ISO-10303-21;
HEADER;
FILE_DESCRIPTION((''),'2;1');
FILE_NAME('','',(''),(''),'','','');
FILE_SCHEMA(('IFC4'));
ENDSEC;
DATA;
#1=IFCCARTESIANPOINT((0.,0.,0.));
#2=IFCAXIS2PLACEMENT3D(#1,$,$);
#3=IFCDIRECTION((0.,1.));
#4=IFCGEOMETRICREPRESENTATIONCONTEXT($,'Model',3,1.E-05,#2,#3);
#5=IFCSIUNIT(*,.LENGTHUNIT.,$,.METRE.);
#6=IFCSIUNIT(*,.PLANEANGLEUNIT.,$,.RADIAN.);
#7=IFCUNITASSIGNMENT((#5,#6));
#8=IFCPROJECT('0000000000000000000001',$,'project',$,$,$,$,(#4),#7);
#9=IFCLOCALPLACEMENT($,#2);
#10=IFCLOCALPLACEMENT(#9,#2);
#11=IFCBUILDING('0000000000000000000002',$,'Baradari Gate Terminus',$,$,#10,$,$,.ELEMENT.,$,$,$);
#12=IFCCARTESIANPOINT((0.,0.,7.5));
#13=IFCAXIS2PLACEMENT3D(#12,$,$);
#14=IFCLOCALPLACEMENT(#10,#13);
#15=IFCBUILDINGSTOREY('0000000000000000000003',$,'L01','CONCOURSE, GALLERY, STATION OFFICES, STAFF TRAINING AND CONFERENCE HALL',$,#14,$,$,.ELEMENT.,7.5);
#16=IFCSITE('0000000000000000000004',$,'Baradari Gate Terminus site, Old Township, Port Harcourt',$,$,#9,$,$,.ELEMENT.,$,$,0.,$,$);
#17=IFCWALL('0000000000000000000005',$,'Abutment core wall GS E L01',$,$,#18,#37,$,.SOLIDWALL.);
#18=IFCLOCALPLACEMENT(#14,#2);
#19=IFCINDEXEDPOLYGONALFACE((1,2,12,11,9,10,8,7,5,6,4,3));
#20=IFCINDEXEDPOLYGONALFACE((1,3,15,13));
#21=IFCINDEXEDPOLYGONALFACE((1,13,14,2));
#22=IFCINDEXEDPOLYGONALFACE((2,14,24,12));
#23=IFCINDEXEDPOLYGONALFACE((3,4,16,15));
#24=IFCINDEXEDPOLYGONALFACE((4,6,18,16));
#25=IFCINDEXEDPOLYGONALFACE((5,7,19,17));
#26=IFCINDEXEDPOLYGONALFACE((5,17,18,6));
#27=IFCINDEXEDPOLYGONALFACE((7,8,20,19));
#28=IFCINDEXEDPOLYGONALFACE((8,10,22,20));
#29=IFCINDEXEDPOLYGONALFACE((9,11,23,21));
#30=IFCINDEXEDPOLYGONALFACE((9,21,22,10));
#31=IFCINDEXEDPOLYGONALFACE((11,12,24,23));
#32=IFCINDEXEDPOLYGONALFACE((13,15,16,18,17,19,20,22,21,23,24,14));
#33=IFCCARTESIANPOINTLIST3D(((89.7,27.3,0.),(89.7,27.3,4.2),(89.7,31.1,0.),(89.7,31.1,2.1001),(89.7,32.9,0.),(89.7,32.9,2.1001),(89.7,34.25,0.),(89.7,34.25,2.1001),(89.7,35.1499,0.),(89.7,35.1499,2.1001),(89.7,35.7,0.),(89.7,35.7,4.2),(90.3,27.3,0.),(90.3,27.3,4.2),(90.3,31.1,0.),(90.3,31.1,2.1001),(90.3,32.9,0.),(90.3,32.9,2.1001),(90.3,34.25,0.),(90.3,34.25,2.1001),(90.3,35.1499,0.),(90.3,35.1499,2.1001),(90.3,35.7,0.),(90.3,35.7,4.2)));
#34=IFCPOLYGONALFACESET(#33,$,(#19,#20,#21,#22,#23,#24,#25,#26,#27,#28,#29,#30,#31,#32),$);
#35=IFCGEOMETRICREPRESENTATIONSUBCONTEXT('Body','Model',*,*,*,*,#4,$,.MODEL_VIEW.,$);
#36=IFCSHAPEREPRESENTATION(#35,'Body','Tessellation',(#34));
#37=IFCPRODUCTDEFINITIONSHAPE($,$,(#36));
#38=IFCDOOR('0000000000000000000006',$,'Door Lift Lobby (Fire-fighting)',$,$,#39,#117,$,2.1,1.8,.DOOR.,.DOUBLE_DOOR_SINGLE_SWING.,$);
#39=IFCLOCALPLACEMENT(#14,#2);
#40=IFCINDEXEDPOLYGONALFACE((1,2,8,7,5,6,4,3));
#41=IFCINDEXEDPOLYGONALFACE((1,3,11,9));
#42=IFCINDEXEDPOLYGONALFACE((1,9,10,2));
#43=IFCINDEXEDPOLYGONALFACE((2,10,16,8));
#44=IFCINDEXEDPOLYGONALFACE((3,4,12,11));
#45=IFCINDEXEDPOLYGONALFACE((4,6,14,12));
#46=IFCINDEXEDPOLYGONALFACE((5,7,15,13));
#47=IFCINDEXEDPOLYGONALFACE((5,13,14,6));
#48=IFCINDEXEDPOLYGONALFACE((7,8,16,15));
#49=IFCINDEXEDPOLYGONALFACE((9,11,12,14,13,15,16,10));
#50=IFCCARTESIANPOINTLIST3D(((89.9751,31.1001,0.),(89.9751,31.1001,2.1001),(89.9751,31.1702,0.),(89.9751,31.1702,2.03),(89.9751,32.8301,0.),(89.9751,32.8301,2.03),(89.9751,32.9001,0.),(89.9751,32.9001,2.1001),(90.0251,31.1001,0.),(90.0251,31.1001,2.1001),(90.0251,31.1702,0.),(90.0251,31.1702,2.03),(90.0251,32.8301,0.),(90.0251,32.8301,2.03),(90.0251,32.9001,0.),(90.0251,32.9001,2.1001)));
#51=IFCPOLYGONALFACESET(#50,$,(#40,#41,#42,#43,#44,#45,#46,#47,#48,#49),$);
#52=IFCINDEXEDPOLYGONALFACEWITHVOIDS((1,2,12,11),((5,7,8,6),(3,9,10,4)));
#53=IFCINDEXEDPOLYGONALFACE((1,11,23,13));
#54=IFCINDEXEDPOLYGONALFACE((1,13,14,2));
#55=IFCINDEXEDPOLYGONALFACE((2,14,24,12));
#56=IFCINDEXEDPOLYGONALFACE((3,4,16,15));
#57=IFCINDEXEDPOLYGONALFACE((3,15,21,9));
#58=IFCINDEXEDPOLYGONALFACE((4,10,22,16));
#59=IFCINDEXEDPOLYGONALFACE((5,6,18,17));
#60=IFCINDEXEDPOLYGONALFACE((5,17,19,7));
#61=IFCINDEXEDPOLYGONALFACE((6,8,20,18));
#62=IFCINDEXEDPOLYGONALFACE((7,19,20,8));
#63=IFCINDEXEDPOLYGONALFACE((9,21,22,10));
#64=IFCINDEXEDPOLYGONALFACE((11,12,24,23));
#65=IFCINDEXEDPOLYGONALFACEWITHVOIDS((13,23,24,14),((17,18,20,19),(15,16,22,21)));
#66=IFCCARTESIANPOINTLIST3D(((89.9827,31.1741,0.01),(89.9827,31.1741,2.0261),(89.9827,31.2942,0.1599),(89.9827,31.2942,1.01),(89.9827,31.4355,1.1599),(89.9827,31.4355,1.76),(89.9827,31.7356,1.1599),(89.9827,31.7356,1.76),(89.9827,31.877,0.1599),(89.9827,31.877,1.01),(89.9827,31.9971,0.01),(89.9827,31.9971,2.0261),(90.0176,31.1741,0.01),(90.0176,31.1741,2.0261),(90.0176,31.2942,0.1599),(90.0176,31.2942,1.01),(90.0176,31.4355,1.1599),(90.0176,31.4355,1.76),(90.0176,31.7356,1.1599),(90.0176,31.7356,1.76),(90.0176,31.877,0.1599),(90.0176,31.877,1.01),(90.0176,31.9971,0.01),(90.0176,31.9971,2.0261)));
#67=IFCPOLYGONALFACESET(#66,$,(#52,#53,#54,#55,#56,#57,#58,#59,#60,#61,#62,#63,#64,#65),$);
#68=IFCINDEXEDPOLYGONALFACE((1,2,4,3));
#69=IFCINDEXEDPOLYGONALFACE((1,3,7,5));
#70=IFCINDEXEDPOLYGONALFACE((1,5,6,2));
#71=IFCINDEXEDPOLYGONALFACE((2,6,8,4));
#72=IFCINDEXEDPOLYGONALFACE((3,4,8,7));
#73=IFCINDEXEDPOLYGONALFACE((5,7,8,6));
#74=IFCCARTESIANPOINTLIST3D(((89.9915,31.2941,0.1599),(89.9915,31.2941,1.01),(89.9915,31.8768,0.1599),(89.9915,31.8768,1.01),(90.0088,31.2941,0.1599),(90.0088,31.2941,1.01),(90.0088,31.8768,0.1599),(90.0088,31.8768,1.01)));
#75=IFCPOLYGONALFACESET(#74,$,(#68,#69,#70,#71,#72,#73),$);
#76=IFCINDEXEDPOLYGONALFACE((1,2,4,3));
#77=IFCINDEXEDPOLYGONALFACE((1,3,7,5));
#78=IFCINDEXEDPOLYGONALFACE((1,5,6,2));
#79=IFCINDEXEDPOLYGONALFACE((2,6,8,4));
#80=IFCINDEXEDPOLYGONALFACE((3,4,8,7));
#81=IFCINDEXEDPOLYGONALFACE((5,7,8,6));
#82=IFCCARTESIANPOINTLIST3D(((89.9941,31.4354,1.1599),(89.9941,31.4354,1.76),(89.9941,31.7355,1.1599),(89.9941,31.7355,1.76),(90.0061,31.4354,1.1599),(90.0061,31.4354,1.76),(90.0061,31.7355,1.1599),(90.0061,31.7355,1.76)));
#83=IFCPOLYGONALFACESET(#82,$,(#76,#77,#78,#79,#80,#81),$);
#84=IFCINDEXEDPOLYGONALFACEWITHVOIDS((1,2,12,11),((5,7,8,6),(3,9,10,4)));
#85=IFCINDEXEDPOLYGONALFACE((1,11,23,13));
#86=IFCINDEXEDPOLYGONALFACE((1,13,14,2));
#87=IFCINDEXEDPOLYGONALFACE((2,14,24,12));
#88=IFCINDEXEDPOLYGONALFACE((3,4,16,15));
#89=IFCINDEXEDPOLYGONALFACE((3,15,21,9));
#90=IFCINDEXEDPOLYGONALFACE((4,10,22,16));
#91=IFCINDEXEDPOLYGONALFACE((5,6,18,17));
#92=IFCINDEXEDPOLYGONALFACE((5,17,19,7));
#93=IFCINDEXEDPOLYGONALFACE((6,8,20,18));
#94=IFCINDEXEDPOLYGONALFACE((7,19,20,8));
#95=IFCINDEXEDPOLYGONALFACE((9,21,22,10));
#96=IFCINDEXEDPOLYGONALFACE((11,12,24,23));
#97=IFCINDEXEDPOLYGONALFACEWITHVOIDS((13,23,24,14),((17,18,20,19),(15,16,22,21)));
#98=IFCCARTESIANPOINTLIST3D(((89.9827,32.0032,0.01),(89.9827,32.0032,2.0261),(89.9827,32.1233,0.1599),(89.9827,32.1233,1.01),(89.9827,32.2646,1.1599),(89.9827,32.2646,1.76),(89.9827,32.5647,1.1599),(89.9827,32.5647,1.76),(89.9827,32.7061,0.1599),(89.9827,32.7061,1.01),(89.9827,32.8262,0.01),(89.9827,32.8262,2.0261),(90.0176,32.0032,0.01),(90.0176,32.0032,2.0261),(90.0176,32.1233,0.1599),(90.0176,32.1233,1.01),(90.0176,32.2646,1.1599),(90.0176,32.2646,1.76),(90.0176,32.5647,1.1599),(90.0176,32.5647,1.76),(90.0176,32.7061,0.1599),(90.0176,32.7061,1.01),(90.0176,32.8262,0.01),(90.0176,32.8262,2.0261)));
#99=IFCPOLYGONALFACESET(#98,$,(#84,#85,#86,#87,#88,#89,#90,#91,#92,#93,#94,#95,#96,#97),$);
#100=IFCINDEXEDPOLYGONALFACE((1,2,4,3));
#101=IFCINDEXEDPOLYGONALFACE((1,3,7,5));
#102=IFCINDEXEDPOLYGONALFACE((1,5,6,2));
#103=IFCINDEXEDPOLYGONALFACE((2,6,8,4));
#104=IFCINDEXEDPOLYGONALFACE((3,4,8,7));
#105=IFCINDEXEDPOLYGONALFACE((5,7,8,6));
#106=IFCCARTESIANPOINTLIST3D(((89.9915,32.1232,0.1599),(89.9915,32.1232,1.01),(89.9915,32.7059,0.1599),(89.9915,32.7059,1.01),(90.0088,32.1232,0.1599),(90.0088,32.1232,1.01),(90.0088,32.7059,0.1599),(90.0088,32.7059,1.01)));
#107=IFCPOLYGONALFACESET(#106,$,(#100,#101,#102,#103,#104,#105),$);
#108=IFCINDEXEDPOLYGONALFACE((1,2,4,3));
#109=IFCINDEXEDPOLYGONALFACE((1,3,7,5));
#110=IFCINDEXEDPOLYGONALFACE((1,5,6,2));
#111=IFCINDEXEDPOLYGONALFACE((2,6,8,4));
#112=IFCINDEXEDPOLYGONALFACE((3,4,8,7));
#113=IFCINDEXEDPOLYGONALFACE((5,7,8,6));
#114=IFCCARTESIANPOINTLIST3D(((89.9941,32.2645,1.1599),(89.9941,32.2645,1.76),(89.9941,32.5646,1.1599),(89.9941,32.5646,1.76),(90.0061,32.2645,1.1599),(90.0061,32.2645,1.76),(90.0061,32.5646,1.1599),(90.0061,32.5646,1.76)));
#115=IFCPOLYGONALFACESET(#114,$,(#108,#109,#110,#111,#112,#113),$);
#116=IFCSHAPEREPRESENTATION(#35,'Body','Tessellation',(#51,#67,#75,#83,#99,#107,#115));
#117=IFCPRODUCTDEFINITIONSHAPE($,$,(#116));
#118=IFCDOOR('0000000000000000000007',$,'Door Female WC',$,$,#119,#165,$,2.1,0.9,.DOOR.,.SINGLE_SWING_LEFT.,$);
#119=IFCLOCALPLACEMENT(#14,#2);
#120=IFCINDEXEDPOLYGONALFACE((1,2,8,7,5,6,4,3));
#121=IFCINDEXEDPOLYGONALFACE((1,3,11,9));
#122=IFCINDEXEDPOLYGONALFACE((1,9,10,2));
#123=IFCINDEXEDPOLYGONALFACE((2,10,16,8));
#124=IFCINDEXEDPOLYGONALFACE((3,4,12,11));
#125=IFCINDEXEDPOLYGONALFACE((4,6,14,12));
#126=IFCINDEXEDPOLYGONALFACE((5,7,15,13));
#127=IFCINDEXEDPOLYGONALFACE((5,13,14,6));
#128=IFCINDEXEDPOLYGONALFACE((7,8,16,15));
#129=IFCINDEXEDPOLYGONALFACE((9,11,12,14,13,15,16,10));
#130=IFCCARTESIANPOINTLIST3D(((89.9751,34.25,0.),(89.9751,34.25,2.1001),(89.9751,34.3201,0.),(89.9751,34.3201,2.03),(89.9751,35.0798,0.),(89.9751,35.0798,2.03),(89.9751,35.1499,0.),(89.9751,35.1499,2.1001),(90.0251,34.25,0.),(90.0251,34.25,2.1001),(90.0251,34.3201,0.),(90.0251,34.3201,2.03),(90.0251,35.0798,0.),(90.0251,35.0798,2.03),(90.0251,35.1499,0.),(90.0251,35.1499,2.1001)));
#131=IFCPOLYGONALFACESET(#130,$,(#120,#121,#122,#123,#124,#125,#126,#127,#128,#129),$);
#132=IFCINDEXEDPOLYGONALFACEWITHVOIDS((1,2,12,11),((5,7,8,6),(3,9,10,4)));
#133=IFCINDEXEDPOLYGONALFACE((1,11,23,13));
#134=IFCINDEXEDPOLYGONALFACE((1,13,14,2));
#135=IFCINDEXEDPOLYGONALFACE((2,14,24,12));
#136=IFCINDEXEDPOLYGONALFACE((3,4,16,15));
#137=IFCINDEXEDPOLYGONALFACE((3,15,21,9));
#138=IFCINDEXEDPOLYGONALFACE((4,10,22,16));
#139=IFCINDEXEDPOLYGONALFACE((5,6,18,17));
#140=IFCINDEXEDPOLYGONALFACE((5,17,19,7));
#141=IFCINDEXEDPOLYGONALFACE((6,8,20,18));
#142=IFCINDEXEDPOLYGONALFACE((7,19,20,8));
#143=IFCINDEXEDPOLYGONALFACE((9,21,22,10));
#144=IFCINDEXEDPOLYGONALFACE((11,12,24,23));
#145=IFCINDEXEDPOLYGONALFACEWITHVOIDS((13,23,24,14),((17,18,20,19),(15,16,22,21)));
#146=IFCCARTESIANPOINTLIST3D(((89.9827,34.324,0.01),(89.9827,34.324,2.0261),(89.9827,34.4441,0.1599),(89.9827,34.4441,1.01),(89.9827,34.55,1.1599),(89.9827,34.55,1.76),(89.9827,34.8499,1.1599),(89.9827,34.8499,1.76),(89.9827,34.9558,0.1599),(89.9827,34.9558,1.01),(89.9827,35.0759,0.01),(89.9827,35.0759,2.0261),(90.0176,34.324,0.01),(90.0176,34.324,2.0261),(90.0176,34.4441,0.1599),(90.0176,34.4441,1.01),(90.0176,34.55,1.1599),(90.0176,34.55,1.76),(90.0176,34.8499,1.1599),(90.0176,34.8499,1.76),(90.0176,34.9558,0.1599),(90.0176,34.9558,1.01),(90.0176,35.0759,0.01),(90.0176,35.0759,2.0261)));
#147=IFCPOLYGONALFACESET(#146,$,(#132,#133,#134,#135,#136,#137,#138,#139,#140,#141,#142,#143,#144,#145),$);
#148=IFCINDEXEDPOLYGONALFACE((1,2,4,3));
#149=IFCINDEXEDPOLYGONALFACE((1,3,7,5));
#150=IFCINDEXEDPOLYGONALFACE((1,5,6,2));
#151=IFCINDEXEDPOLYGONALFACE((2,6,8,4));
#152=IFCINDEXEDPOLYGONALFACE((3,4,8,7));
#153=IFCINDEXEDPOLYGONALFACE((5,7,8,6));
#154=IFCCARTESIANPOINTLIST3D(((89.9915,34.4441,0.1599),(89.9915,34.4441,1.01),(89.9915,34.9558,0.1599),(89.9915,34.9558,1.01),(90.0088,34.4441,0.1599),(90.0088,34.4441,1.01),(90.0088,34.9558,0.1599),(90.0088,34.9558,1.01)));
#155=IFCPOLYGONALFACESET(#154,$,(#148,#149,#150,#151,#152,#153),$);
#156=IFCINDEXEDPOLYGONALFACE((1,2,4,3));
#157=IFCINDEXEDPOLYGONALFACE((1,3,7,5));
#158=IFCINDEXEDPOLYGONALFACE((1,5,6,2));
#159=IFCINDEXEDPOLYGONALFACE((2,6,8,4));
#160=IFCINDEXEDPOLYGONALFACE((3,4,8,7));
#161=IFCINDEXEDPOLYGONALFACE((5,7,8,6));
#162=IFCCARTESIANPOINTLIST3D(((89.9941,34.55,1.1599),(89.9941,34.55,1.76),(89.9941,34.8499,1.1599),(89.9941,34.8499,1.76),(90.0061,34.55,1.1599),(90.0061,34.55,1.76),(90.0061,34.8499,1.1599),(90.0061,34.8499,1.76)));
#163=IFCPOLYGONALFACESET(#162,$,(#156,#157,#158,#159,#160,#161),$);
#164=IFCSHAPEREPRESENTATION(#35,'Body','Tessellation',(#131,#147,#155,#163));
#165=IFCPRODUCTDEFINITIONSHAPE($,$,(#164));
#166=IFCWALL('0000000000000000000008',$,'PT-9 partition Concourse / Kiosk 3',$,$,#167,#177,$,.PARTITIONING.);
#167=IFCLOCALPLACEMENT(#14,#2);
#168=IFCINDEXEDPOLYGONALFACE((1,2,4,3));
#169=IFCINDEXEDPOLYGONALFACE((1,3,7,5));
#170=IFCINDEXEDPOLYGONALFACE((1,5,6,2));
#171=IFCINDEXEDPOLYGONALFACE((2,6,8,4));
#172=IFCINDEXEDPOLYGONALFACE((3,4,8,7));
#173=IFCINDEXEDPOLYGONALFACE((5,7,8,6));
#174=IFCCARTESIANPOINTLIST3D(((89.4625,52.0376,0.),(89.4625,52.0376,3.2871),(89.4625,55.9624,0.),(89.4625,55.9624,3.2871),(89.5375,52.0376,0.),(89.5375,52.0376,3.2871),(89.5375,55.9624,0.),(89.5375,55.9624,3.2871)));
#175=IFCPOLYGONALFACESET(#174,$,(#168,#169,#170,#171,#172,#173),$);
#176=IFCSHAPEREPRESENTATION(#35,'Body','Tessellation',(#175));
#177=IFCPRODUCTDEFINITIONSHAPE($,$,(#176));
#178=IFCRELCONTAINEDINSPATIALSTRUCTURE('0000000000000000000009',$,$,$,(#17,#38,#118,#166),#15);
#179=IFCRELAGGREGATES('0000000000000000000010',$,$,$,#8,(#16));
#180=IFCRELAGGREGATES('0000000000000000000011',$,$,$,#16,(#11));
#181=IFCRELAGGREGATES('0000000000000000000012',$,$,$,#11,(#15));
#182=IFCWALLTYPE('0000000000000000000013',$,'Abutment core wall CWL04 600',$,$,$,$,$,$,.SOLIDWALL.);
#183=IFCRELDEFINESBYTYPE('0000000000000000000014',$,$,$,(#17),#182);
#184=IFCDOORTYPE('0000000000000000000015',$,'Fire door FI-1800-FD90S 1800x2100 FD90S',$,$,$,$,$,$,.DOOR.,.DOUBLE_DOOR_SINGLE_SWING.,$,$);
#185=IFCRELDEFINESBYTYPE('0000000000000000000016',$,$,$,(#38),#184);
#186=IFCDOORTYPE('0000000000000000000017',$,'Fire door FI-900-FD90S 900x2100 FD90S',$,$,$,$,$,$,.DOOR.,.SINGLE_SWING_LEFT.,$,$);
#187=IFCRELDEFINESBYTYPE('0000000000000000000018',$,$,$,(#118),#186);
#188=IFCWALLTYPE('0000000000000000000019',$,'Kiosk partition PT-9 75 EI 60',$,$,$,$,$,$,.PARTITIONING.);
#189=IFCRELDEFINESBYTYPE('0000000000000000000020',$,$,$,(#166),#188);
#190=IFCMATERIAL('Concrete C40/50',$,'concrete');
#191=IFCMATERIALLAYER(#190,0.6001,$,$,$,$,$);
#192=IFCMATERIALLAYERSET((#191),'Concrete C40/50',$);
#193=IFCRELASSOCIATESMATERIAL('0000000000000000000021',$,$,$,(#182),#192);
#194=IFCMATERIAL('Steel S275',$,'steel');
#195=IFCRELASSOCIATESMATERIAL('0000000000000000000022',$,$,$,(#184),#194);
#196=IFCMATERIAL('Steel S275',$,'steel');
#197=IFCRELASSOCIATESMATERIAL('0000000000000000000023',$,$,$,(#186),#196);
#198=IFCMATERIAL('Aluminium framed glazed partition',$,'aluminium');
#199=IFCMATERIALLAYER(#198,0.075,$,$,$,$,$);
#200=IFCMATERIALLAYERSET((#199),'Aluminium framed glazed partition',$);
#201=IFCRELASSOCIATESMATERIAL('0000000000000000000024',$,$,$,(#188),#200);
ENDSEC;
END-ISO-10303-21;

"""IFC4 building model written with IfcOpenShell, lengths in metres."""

from ifc_helpers import new_model, si_unit, direction, frame, frame_2d, origin, place, context, subcontext, project, spatial, polyline, rectangle, outline, extrude, material, layer, layer_set, type_object, element, fill, save


model = new_model("IFC4")

# Units and contexts
model_context = context("Model", 3, precision=1e-05, world=origin(), true_north=direction((0.0, 1.0)))
body_context = subcontext(model_context, "Body", "Model", "MODEL_VIEW")
ifc_project = project(units=[si_unit("LENGTHUNIT", "METRE"), si_unit("PLANEANGLEUNIT", "RADIAN")], contexts=[model_context])

# Site, building, storey
site_placement = place(None, origin())
site = spatial("IfcSite", under=ifc_project, at=site_placement, Name="Baradari Gate Terminus site, Old Township, Port Harcourt", CompositionType="ELEMENT", RefElevation=0.0)
building_placement = place(site_placement, origin())
building = spatial("IfcBuilding", under=site, at=building_placement, Name="Baradari Gate Terminus", CompositionType="ELEMENT")
storey_placement = place(building_placement, frame((0.0, 0.0, 7.5)))
storey = spatial("IfcBuildingStorey", under=building, at=storey_placement, Name="L01", Description="CONCOURSE, GALLERY, STATION OFFICES, STAFF TRAINING AND CONFERENCE HALL", CompositionType="ELEMENT", Elevation=7.5)

# Wall, openings, doors
ifc_material_1 = material(Name="Concrete C40/50", Category="concrete")
ifc_layer_1 = layer(ifc_material_1, 0.6001)
ifc_layer_set_1 = layer_set([ifc_layer_1], Name="Concrete C40/50")
wall_type_1 = type_object("IfcWallType", Name="Abutment core wall CWL04 600", PredefinedType="SOLIDWALL", material=ifc_layer_set_1)
wall_1_placement = place(storey_placement, frame((90.0, 27.3, 0.0), z_axis=(0.0, 0.0, 1.0), x_axis=(0.0, 1.0, 0.0)))
wall_1 = element("IfcWall", 1, at=wall_1_placement, inside=storey, type_object=wall_type_1, Name="Abutment core wall GS E L01", PredefinedType="SOLIDWALL", context=body_context, shape_type="SweptSolid", body=[
    extrude(rectangle(XDim=8.3999, YDim=0.6001, at=frame_2d((4.2, 0.0))), origin(), (0.0, 0.0, 1.0), 4.2),
])
opening_1_placement = place(wall_1_placement, frame((3.8, 0.0, 0.0)))
opening_1 = element("IfcOpeningElement", 2, at=opening_1_placement, cuts=wall_1, PredefinedType="OPENING", context=body_context, shape_type="SweptSolid", body=[
    extrude(rectangle(XDim=1.8, YDim=2.1001, at=frame_2d((0.8999, 1.05))), frame((0.0, 0.3101, 0.0), z_axis=(0.0, -1.0, 0.0), x_axis=(1.0, 0.0, 0.0)), (0.0, 0.0, 1.0), 0.6201),
])
opening_2_placement = place(wall_1_placement, frame((6.95, 0.0, 0.0)))
opening_2 = element("IfcOpeningElement", 3, at=opening_2_placement, cuts=wall_1, PredefinedType="OPENING", context=body_context, shape_type="SweptSolid", body=[
    extrude(rectangle(XDim=0.8999, YDim=2.1001, at=frame_2d((0.45, 1.05))), frame((0.0, 0.3101, 0.0), z_axis=(0.0, -1.0, 0.0), x_axis=(1.0, 0.0, 0.0)), (0.0, 0.0, 1.0), 0.6201),
])
ifc_material_2 = material(Name="Steel S275", Category="steel")
door_type_1 = type_object("IfcDoorType", Name="Fire door FI-1800-FD90S 1800x2100 FD90S", OperationType="DOUBLE_DOOR_SINGLE_SWING", PredefinedType="DOOR", material=ifc_material_2)
door_1_placement = place(opening_1_placement, origin())
door_1 = element("IfcDoor", 4, at=door_1_placement, inside=storey, type_object=door_type_1, Name="Door Lift Lobby (Fire-fighting)", OperationType="DOUBLE_DOOR_SINGLE_SWING", OverallHeight=2.1, OverallWidth=1.8, PredefinedType="DOOR", context=body_context, shape_type="SweptSolid", body=[
    extrude(outline(polyline([(0.0, 0.0), (0.0701, 0.0), (0.0701, 2.03), (1.73, 2.03), (1.73, 0.0), (1.8, 0.0), (1.8, 2.1001), (0.0, 2.1001), (0.0, 0.0)])), frame((0.0, 0.0249, 0.0), z_axis=(0.0, -1.0, 0.0), x_axis=(1.0, 0.0, 0.0)), (0.0, 0.0, 1.0), 0.05),
    extrude(outline(polyline([(0.074, 0.01), (0.897, 0.01), (0.897, 2.0261), (0.074, 2.0261), (0.074, 0.01)]), holes=[polyline([(0.1941, 0.1599), (0.7769, 0.1599), (0.7769, 1.01), (0.1941, 1.01), (0.1941, 0.1599)]), polyline([(0.3354, 1.1599), (0.6355, 1.1599), (0.6355, 1.76), (0.3354, 1.76), (0.3354, 1.1599)])]), frame((0.0, 0.0173, 0.0), z_axis=(0.0, -1.0, 0.0), x_axis=(1.0, 0.0, 0.0)), (0.0, 0.0, 1.0), 0.0349),
    extrude(rectangle(XDim=0.5828, YDim=0.8501, at=frame_2d((0.4854, 0.585))), frame((0.0, 0.0085, 0.0), z_axis=(0.0, -1.0, 0.0), x_axis=(1.0, 0.0, 0.0)), (0.0, 0.0, 1.0), 0.0173),
    extrude(rectangle(XDim=0.3, YDim=0.6001, at=frame_2d((0.4854, 1.46))), frame((0.0, 0.0059, 0.0), z_axis=(0.0, -1.0, 0.0), x_axis=(1.0, 0.0, 0.0)), (0.0, 0.0, 1.0), 0.012),
    extrude(outline(polyline([(0.9031, 0.01), (1.7261, 0.01), (1.7261, 2.0261), (0.9031, 2.0261), (0.9031, 0.01)]), holes=[polyline([(1.0232, 0.1599), (1.606, 0.1599), (1.606, 1.01), (1.0232, 1.01), (1.0232, 0.1599)]), polyline([(1.1646, 1.1599), (1.4646, 1.1599), (1.4646, 1.76), (1.1646, 1.76), (1.1646, 1.1599)])]), frame((0.0, 0.0173, 0.0), z_axis=(0.0, -1.0, 0.0), x_axis=(1.0, 0.0, 0.0)), (0.0, 0.0, 1.0), 0.0349),
    extrude(rectangle(XDim=0.5828, YDim=0.8501, at=frame_2d((1.3145, 0.585))), frame((0.0, 0.0085, 0.0), z_axis=(0.0, -1.0, 0.0), x_axis=(1.0, 0.0, 0.0)), (0.0, 0.0, 1.0), 0.0173),
    extrude(rectangle(XDim=0.3, YDim=0.6001, at=frame_2d((1.3145, 1.46))), frame((0.0, 0.0059, 0.0), z_axis=(0.0, -1.0, 0.0), x_axis=(1.0, 0.0, 0.0)), (0.0, 0.0, 1.0), 0.012),
])
fill(opening_1, door_1)
ifc_material_3 = material(Name="Steel S275", Category="steel")
door_type_2 = type_object("IfcDoorType", Name="Fire door FI-900-FD90S 900x2100 FD90S", OperationType="SINGLE_SWING_LEFT", PredefinedType="DOOR", material=ifc_material_3)
door_2_placement = place(opening_2_placement, origin())
door_2 = element("IfcDoor", 5, at=door_2_placement, inside=storey, type_object=door_type_2, Name="Door Female WC", OperationType="SINGLE_SWING_LEFT", OverallHeight=2.1, OverallWidth=0.9, PredefinedType="DOOR", context=body_context, shape_type="SweptSolid", body=[
    extrude(outline(polyline([(0.0, 0.0), (0.0701, 0.0), (0.0701, 2.03), (0.8298, 2.03), (0.8298, 0.0), (0.8999, 0.0), (0.8999, 2.1001), (0.0, 2.1001), (0.0, 0.0)])), frame((0.0, 0.0249, 0.0), z_axis=(0.0, -1.0, 0.0), x_axis=(1.0, 0.0, 0.0)), (0.0, 0.0, 1.0), 0.05),
    extrude(outline(polyline([(0.074, 0.01), (0.8259, 0.01), (0.8259, 2.0261), (0.074, 2.0261), (0.074, 0.01)]), holes=[polyline([(0.1941, 0.1599), (0.7058, 0.1599), (0.7058, 1.01), (0.1941, 1.01), (0.1941, 0.1599)]), polyline([(0.3, 1.1599), (0.5999, 1.1599), (0.5999, 1.76), (0.3, 1.76), (0.3, 1.1599)])]), frame((0.0, 0.0173, 0.0), z_axis=(0.0, -1.0, 0.0), x_axis=(1.0, 0.0, 0.0)), (0.0, 0.0, 1.0), 0.0349),
    extrude(rectangle(XDim=0.5117, YDim=0.8501, at=frame_2d((0.45, 0.585))), frame((0.0, 0.0085, 0.0), z_axis=(0.0, -1.0, 0.0), x_axis=(1.0, 0.0, 0.0)), (0.0, 0.0, 1.0), 0.0173),
    extrude(rectangle(XDim=0.2998, YDim=0.6001, at=frame_2d((0.45, 1.46))), frame((0.0, 0.0059, 0.0), z_axis=(0.0, -1.0, 0.0), x_axis=(1.0, 0.0, 0.0)), (0.0, 0.0, 1.0), 0.012),
])
fill(opening_2, door_2)

# Wall
ifc_material_4 = material(Name="Aluminium framed glazed partition", Category="aluminium")
ifc_layer_2 = layer(ifc_material_4, 0.075)
ifc_layer_set_2 = layer_set([ifc_layer_2], Name="Aluminium framed glazed partition")
wall_type_2 = type_object("IfcWallType", Name="Kiosk partition PT-9 75 EI 60", PredefinedType="PARTITIONING", material=ifc_layer_set_2)
wall_2_placement = place(storey_placement, frame((89.5, 52.0376, 0.0), z_axis=(0.0, 0.0, 1.0), x_axis=(0.0, 1.0, 0.0)))
element("IfcWall", 6, at=wall_2_placement, inside=storey, type_object=wall_type_2, Name="PT-9 partition Concourse / Kiosk 3", PredefinedType="PARTITIONING", context=body_context, shape_type="SweptSolid", body=[
    extrude(rectangle(XDim=3.9248, YDim=0.075, at=frame_2d((1.9624, 0.0))), origin(), (0.0, 0.0, 1.0), 3.2871),
])

save(model, "model.ifc")
